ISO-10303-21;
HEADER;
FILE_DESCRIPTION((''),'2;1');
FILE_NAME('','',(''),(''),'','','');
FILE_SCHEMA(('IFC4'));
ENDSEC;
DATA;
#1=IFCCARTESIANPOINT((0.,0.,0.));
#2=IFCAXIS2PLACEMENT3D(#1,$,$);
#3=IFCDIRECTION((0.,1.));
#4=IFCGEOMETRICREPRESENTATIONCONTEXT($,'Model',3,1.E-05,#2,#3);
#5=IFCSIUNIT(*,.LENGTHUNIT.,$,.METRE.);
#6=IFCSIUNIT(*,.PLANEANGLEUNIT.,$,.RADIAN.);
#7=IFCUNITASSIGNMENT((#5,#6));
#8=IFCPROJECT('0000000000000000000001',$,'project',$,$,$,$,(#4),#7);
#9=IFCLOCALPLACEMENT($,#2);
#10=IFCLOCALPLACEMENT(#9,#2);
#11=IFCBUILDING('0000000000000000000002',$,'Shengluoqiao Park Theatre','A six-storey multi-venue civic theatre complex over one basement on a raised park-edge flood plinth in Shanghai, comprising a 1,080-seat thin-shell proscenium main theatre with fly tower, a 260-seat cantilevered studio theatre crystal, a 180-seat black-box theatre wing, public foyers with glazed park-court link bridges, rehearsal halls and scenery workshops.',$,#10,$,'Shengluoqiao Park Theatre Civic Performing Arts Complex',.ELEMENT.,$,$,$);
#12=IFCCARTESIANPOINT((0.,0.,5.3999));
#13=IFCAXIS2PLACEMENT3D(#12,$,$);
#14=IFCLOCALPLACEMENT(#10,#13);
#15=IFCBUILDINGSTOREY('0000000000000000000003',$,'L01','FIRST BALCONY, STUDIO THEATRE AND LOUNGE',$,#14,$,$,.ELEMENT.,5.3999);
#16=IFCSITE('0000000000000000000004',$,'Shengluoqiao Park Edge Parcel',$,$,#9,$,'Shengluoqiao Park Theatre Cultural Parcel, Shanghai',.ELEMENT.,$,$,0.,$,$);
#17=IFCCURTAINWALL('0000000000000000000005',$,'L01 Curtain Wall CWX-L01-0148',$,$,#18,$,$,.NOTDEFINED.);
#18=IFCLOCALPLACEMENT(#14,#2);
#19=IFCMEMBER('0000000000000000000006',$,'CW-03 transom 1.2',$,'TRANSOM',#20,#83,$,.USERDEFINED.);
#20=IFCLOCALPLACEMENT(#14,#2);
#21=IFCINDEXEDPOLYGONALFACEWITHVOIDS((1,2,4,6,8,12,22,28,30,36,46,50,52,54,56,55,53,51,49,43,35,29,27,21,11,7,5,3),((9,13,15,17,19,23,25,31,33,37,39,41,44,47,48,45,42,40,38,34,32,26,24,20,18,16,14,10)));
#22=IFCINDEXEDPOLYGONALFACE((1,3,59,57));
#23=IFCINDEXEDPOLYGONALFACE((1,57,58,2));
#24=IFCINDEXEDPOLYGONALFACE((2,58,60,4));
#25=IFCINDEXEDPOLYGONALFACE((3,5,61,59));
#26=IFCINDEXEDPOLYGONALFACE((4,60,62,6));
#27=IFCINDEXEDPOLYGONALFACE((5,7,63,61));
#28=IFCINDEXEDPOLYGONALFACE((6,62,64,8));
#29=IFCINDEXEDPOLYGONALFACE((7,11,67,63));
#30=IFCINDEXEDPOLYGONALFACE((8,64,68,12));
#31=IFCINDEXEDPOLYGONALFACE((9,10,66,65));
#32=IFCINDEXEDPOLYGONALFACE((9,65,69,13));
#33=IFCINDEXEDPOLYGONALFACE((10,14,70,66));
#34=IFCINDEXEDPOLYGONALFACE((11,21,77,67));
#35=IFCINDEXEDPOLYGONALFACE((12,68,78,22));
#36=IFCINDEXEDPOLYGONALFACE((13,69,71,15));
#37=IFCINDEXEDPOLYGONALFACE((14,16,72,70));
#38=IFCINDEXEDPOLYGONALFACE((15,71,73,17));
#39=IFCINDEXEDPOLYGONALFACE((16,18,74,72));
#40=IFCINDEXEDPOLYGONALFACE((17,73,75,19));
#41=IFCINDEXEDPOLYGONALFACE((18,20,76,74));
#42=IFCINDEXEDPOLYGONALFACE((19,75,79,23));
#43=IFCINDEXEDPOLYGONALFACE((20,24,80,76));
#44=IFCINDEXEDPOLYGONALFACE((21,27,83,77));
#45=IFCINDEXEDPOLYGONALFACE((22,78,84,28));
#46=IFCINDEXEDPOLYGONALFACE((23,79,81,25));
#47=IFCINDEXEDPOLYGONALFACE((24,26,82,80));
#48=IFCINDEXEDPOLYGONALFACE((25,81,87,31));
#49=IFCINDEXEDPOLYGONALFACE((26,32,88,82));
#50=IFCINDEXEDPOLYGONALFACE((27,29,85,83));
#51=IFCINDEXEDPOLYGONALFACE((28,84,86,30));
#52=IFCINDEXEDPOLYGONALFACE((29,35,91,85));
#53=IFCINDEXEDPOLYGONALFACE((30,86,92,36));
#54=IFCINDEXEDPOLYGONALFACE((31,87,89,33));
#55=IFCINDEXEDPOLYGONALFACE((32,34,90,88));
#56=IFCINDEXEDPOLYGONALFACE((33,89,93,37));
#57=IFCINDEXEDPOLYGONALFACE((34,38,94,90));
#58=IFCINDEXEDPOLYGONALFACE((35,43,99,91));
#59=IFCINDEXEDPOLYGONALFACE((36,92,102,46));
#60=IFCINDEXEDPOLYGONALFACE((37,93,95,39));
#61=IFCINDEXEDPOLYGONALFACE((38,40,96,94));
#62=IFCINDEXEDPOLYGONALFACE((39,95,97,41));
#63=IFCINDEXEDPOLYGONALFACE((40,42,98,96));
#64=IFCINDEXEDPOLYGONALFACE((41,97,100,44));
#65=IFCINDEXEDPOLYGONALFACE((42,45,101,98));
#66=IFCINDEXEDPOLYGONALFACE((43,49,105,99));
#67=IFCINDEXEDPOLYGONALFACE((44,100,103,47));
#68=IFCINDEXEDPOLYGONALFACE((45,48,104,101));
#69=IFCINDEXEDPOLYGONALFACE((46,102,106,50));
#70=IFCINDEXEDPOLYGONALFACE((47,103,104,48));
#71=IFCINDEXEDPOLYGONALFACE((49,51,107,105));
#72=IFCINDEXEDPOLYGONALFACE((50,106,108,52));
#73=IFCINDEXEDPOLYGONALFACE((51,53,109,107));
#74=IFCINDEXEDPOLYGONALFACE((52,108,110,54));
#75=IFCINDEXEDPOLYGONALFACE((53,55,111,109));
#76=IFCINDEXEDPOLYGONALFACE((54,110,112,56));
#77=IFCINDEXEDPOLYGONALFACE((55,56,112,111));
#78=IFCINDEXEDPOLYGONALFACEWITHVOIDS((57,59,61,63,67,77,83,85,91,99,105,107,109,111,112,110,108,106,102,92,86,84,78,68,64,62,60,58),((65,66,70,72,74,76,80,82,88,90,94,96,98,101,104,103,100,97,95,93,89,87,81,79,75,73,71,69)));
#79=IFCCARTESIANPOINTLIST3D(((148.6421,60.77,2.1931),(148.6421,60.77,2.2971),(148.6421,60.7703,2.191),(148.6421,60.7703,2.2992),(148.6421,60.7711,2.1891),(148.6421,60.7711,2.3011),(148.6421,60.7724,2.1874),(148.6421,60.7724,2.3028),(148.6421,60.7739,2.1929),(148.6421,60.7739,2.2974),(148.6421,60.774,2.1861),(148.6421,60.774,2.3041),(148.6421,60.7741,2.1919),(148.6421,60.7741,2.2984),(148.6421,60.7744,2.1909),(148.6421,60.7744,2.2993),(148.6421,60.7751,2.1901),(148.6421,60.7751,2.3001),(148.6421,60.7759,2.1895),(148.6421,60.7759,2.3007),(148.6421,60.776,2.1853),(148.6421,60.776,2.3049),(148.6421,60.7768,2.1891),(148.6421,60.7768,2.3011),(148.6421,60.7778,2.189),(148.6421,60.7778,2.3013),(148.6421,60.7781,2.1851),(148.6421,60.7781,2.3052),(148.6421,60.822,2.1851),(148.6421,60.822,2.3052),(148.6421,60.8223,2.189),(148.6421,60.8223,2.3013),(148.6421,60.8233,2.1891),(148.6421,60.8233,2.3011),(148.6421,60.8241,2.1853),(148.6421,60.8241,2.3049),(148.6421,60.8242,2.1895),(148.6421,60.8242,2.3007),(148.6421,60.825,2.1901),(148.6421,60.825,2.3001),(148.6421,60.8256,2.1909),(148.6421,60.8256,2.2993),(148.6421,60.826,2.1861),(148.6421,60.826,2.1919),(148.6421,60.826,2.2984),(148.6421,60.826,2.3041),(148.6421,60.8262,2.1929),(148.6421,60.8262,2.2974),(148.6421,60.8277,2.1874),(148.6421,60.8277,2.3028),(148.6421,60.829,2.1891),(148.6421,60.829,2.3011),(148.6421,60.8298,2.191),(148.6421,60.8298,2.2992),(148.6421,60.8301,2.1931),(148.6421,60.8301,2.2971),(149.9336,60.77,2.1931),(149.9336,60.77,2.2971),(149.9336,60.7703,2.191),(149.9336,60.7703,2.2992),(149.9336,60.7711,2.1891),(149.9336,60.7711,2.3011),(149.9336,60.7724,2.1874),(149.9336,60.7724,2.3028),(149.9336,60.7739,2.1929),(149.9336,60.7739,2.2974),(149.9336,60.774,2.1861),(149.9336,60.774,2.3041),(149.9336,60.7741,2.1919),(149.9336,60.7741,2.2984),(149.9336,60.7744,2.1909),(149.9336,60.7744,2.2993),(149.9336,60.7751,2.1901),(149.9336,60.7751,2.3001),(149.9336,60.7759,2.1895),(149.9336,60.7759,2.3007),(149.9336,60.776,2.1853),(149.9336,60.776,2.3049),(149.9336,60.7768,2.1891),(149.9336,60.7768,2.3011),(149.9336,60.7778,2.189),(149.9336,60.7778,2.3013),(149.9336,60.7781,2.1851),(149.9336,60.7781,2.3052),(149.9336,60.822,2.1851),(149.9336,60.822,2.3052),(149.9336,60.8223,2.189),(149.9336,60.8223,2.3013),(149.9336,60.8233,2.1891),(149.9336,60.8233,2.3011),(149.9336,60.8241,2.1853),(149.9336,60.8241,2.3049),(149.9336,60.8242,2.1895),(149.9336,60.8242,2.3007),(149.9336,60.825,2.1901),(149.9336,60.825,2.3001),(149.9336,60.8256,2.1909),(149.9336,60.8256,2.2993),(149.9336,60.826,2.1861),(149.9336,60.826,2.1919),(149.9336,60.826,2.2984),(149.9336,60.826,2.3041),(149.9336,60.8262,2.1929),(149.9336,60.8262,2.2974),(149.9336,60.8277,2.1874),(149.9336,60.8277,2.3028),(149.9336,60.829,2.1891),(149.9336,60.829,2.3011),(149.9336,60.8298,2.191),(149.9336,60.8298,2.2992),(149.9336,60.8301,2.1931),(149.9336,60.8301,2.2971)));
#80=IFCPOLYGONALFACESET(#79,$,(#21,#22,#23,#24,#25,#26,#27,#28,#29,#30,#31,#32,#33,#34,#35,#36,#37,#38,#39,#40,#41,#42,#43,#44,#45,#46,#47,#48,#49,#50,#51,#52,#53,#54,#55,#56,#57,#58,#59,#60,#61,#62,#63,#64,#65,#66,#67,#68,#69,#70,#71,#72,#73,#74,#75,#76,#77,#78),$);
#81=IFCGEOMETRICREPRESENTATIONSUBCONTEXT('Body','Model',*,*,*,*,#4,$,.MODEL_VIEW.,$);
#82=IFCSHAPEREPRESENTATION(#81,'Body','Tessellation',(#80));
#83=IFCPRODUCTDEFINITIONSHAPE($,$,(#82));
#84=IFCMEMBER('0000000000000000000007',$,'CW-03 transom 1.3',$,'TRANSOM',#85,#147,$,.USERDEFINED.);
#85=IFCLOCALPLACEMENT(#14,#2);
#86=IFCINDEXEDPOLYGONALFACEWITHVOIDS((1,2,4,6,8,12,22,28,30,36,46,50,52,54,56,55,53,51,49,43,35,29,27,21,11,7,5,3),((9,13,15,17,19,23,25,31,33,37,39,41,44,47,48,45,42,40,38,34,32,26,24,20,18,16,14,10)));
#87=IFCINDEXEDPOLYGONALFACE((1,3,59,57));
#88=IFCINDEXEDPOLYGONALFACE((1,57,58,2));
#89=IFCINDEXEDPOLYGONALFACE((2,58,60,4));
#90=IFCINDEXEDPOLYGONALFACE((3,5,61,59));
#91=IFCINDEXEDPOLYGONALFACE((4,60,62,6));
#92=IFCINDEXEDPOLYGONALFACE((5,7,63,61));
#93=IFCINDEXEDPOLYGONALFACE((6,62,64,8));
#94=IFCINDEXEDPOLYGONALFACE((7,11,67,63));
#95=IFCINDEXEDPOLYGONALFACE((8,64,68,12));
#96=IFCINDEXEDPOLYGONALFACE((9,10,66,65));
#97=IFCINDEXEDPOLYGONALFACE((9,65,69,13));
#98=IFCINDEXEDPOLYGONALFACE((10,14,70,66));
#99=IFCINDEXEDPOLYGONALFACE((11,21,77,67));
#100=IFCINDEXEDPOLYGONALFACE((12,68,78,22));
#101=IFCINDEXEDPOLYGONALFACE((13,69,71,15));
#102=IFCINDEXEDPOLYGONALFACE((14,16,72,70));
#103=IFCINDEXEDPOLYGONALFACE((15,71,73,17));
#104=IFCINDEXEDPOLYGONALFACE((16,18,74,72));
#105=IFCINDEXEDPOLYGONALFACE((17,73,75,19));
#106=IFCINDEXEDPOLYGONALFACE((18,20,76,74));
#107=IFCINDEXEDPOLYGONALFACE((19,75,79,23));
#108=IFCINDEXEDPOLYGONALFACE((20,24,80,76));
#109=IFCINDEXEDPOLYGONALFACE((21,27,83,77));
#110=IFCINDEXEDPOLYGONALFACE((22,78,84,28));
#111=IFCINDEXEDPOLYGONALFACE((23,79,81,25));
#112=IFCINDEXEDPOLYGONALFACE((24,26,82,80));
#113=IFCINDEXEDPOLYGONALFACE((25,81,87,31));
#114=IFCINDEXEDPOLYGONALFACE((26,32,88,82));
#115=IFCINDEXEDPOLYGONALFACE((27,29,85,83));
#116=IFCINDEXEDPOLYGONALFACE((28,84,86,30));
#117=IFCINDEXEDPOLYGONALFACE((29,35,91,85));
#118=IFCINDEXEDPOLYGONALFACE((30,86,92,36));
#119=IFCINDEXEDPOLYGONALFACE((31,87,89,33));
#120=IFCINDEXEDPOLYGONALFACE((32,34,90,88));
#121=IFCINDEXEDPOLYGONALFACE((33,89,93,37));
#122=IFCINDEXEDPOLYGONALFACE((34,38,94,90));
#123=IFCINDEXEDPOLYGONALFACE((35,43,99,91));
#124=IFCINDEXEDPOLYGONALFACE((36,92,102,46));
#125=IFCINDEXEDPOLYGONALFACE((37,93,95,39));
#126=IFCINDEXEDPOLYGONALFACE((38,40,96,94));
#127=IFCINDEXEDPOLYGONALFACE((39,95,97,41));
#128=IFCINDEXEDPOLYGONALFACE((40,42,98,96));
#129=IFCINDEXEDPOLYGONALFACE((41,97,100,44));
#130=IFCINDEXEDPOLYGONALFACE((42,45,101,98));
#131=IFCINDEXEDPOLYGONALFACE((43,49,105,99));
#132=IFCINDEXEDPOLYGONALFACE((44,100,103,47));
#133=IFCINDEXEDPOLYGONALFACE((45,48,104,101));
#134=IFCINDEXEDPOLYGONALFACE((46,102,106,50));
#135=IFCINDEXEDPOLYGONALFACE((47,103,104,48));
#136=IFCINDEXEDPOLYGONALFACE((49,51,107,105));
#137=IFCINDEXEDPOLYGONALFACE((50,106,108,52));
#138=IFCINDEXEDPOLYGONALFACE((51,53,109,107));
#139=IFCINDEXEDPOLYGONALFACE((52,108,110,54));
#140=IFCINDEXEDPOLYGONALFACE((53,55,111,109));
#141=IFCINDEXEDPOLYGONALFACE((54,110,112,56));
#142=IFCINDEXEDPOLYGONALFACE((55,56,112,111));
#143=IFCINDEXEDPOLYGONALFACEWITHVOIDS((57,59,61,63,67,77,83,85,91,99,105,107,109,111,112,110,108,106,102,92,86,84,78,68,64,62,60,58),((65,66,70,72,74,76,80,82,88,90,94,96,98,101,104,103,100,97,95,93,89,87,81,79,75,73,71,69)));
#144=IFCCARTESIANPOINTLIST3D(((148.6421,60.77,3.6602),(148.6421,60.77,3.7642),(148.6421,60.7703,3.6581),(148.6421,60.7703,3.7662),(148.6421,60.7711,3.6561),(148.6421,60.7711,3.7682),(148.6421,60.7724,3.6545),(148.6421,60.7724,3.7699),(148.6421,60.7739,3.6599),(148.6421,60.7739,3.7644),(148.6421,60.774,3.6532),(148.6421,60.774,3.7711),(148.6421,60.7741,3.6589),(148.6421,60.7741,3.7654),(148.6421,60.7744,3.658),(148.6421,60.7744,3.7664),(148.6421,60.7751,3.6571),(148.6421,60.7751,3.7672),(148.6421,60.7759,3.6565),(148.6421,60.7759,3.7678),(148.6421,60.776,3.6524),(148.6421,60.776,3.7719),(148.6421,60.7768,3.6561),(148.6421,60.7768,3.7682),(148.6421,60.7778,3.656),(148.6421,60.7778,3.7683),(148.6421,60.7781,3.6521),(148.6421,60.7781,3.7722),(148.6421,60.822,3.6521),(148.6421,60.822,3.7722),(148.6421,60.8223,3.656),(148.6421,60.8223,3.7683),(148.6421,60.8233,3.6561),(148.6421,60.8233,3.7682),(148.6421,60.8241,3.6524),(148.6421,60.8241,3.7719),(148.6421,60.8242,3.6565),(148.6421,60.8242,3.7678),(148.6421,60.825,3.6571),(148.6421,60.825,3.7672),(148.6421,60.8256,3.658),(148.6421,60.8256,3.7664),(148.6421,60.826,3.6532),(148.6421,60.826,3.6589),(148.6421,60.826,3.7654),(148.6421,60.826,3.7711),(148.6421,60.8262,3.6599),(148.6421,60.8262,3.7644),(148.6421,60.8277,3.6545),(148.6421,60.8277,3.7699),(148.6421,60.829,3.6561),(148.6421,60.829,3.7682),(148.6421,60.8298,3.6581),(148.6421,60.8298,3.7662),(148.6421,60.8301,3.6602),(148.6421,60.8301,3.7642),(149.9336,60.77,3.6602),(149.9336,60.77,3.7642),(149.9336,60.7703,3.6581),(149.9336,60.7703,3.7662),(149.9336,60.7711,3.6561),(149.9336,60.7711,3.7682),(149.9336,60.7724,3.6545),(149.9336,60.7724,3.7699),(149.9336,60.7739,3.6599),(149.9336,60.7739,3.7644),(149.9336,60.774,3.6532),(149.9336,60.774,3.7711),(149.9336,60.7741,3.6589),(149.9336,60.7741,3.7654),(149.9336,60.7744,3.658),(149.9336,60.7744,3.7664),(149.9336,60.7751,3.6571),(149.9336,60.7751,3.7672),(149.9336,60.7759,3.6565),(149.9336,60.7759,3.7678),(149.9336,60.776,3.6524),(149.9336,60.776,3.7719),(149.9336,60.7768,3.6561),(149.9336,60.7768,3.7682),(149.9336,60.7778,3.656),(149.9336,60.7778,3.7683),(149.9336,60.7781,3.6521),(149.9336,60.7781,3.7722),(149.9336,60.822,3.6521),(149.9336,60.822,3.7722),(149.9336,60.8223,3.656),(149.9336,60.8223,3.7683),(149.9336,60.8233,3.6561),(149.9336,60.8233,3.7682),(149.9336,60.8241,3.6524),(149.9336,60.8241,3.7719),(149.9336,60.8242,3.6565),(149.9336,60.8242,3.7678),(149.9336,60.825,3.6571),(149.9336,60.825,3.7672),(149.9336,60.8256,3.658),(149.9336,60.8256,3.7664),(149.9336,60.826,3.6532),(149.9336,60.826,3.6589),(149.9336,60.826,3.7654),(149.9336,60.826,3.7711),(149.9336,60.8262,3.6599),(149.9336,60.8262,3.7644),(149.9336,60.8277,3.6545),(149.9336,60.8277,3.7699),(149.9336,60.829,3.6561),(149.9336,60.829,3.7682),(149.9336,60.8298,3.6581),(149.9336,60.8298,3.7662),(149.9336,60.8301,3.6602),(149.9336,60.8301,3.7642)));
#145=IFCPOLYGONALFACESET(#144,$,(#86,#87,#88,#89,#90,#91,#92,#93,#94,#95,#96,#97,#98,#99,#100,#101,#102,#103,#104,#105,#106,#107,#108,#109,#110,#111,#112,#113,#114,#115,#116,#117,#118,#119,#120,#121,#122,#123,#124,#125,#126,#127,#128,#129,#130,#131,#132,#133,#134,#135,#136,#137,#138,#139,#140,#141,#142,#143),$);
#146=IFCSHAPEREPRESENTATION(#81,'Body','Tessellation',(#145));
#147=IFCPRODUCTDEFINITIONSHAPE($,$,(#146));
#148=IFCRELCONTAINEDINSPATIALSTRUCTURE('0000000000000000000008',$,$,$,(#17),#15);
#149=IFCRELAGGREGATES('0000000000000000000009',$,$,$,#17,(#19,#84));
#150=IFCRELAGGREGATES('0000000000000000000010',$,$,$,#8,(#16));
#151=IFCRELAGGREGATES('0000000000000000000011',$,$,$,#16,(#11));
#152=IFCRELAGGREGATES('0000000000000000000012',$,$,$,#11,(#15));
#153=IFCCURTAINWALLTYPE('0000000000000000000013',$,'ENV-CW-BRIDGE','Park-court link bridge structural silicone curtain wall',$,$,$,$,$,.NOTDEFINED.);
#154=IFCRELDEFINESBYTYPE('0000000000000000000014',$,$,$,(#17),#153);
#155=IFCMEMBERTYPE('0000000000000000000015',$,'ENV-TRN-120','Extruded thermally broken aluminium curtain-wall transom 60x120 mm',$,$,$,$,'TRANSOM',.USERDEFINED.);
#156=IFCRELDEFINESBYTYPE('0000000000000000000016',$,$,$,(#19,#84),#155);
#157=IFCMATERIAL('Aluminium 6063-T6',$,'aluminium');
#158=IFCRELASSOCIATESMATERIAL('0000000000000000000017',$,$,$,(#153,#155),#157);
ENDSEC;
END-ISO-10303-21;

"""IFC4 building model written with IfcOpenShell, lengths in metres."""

from ifc_helpers import new_model, si_unit, direction, frame, origin, origin_2d, place, context, subcontext, project, spatial, hollow_rectangle, extrude, material, material_profile, profile_set, type_object, element, aggregate, save


model = new_model("IFC4")

# Units and contexts
model_context = context("Model", 3, precision=1e-05, world=origin(), true_north=direction((0.0, 1.0)))
body_context = subcontext(model_context, "Body", "Model", "MODEL_VIEW")
ifc_project = project(units=[si_unit("LENGTHUNIT", "METRE"), si_unit("PLANEANGLEUNIT", "RADIAN")], contexts=[model_context])

# Site, building, storey
site_placement = place(None, origin())
site = spatial("IfcSite", under=ifc_project, at=site_placement, Name="Shengluoqiao Park Edge Parcel", LongName="Shengluoqiao Park Theatre Cultural Parcel, Shanghai", CompositionType="ELEMENT", RefElevation=0.0)
building_placement = place(site_placement, origin())
building = spatial("IfcBuilding", under=site, at=building_placement, Name="Shengluoqiao Park Theatre", Description="A six-storey multi-venue civic theatre complex over one basement on a raised park-edge flood plinth in Shanghai, comprising a 1,080-seat thin-shell proscenium main theatre with fly tower, a 260-seat cantilevered studio theatre crystal, a 180-seat black-box theatre wing, public foyers with glazed park-court link bridges, rehearsal halls and scenery workshops.", LongName="Shengluoqiao Park Theatre Civic Performing Arts Complex", CompositionType="ELEMENT")
storey_placement = place(building_placement, frame((0.0, 0.0, 5.3999)))
storey = spatial("IfcBuildingStorey", under=building, at=storey_placement, Name="L01", Description="FIRST BALCONY, STUDIO THEATRE AND LOUNGE", CompositionType="ELEMENT", Elevation=5.3999)

# Curtain wall, members
ifc_material_1 = material(Name="Aluminium 6063-T6", Category="aluminium")
curtain_wall_type = type_object("IfcCurtainWallType", Name="ENV-CW-BRIDGE", Description="Park-court link bridge structural silicone curtain wall", PredefinedType="NOTDEFINED", material=ifc_material_1)
curtain_wall_placement = place(storey_placement, origin())
curtain_wall = element("IfcCurtainWall", 1, at=curtain_wall_placement, inside=storey, type_object=curtain_wall_type, Name="L01 Curtain Wall CWX-L01-0148", PredefinedType="NOTDEFINED")
ifc_material_profile_1 = material_profile(ifc_material_1, hollow_rectangle(XDim=0.0601, YDim=0.1201, WallThickness=0.0039, InnerFilletRadius=0.0039, OuterFilletRadius=0.0081, at=origin_2d()), Name="ALU TRANSOM 120x60x4")
ifc_profile_set_1 = profile_set([ifc_material_profile_1], Name="Aluminium 6063-T6")
member_type_1 = type_object("IfcMemberType", Name="ENV-TRN-120", Description="Extruded thermally broken aluminium curtain-wall transom 60x120 mm", ElementType="TRANSOM", PredefinedType="USERDEFINED", material=ifc_profile_set_1)
member_1_placement = place(storey_placement, frame((148.6421, 60.8, 2.2451), z_axis=(1.0, 0.0, 0.0), x_axis=(0.0, 1.0, 0.0)))
member_1 = element("IfcMember", 2, at=member_1_placement, type_object=member_type_1, Name="CW-03 transom 1.2", ObjectType="TRANSOM", PredefinedType="USERDEFINED", context=body_context, shape_type="SweptSolid", body=[
    extrude(hollow_rectangle(XDim=0.0601, YDim=0.1201, WallThickness=0.0039, InnerFilletRadius=0.0039, OuterFilletRadius=0.0081, at=origin_2d()), origin(), (0.0, 0.0, 1.0), 1.2915),
])
member_2_placement = place(storey_placement, frame((148.6421, 60.8, 3.7122), z_axis=(1.0, 0.0, 0.0), x_axis=(0.0, 1.0, 0.0)))
member_2 = element("IfcMember", 3, at=member_2_placement, type_object=member_type_1, Name="CW-03 transom 1.3", ObjectType="TRANSOM", PredefinedType="USERDEFINED", context=body_context, shape_type="SweptSolid", body=[
    extrude(hollow_rectangle(XDim=0.0601, YDim=0.1201, WallThickness=0.0039, InnerFilletRadius=0.0039, OuterFilletRadius=0.0081, at=origin_2d()), origin(), (0.0, 0.0, 1.0), 1.2915),
])

aggregate(curtain_wall, [member_1, member_2])

save(model, "model.ifc")
